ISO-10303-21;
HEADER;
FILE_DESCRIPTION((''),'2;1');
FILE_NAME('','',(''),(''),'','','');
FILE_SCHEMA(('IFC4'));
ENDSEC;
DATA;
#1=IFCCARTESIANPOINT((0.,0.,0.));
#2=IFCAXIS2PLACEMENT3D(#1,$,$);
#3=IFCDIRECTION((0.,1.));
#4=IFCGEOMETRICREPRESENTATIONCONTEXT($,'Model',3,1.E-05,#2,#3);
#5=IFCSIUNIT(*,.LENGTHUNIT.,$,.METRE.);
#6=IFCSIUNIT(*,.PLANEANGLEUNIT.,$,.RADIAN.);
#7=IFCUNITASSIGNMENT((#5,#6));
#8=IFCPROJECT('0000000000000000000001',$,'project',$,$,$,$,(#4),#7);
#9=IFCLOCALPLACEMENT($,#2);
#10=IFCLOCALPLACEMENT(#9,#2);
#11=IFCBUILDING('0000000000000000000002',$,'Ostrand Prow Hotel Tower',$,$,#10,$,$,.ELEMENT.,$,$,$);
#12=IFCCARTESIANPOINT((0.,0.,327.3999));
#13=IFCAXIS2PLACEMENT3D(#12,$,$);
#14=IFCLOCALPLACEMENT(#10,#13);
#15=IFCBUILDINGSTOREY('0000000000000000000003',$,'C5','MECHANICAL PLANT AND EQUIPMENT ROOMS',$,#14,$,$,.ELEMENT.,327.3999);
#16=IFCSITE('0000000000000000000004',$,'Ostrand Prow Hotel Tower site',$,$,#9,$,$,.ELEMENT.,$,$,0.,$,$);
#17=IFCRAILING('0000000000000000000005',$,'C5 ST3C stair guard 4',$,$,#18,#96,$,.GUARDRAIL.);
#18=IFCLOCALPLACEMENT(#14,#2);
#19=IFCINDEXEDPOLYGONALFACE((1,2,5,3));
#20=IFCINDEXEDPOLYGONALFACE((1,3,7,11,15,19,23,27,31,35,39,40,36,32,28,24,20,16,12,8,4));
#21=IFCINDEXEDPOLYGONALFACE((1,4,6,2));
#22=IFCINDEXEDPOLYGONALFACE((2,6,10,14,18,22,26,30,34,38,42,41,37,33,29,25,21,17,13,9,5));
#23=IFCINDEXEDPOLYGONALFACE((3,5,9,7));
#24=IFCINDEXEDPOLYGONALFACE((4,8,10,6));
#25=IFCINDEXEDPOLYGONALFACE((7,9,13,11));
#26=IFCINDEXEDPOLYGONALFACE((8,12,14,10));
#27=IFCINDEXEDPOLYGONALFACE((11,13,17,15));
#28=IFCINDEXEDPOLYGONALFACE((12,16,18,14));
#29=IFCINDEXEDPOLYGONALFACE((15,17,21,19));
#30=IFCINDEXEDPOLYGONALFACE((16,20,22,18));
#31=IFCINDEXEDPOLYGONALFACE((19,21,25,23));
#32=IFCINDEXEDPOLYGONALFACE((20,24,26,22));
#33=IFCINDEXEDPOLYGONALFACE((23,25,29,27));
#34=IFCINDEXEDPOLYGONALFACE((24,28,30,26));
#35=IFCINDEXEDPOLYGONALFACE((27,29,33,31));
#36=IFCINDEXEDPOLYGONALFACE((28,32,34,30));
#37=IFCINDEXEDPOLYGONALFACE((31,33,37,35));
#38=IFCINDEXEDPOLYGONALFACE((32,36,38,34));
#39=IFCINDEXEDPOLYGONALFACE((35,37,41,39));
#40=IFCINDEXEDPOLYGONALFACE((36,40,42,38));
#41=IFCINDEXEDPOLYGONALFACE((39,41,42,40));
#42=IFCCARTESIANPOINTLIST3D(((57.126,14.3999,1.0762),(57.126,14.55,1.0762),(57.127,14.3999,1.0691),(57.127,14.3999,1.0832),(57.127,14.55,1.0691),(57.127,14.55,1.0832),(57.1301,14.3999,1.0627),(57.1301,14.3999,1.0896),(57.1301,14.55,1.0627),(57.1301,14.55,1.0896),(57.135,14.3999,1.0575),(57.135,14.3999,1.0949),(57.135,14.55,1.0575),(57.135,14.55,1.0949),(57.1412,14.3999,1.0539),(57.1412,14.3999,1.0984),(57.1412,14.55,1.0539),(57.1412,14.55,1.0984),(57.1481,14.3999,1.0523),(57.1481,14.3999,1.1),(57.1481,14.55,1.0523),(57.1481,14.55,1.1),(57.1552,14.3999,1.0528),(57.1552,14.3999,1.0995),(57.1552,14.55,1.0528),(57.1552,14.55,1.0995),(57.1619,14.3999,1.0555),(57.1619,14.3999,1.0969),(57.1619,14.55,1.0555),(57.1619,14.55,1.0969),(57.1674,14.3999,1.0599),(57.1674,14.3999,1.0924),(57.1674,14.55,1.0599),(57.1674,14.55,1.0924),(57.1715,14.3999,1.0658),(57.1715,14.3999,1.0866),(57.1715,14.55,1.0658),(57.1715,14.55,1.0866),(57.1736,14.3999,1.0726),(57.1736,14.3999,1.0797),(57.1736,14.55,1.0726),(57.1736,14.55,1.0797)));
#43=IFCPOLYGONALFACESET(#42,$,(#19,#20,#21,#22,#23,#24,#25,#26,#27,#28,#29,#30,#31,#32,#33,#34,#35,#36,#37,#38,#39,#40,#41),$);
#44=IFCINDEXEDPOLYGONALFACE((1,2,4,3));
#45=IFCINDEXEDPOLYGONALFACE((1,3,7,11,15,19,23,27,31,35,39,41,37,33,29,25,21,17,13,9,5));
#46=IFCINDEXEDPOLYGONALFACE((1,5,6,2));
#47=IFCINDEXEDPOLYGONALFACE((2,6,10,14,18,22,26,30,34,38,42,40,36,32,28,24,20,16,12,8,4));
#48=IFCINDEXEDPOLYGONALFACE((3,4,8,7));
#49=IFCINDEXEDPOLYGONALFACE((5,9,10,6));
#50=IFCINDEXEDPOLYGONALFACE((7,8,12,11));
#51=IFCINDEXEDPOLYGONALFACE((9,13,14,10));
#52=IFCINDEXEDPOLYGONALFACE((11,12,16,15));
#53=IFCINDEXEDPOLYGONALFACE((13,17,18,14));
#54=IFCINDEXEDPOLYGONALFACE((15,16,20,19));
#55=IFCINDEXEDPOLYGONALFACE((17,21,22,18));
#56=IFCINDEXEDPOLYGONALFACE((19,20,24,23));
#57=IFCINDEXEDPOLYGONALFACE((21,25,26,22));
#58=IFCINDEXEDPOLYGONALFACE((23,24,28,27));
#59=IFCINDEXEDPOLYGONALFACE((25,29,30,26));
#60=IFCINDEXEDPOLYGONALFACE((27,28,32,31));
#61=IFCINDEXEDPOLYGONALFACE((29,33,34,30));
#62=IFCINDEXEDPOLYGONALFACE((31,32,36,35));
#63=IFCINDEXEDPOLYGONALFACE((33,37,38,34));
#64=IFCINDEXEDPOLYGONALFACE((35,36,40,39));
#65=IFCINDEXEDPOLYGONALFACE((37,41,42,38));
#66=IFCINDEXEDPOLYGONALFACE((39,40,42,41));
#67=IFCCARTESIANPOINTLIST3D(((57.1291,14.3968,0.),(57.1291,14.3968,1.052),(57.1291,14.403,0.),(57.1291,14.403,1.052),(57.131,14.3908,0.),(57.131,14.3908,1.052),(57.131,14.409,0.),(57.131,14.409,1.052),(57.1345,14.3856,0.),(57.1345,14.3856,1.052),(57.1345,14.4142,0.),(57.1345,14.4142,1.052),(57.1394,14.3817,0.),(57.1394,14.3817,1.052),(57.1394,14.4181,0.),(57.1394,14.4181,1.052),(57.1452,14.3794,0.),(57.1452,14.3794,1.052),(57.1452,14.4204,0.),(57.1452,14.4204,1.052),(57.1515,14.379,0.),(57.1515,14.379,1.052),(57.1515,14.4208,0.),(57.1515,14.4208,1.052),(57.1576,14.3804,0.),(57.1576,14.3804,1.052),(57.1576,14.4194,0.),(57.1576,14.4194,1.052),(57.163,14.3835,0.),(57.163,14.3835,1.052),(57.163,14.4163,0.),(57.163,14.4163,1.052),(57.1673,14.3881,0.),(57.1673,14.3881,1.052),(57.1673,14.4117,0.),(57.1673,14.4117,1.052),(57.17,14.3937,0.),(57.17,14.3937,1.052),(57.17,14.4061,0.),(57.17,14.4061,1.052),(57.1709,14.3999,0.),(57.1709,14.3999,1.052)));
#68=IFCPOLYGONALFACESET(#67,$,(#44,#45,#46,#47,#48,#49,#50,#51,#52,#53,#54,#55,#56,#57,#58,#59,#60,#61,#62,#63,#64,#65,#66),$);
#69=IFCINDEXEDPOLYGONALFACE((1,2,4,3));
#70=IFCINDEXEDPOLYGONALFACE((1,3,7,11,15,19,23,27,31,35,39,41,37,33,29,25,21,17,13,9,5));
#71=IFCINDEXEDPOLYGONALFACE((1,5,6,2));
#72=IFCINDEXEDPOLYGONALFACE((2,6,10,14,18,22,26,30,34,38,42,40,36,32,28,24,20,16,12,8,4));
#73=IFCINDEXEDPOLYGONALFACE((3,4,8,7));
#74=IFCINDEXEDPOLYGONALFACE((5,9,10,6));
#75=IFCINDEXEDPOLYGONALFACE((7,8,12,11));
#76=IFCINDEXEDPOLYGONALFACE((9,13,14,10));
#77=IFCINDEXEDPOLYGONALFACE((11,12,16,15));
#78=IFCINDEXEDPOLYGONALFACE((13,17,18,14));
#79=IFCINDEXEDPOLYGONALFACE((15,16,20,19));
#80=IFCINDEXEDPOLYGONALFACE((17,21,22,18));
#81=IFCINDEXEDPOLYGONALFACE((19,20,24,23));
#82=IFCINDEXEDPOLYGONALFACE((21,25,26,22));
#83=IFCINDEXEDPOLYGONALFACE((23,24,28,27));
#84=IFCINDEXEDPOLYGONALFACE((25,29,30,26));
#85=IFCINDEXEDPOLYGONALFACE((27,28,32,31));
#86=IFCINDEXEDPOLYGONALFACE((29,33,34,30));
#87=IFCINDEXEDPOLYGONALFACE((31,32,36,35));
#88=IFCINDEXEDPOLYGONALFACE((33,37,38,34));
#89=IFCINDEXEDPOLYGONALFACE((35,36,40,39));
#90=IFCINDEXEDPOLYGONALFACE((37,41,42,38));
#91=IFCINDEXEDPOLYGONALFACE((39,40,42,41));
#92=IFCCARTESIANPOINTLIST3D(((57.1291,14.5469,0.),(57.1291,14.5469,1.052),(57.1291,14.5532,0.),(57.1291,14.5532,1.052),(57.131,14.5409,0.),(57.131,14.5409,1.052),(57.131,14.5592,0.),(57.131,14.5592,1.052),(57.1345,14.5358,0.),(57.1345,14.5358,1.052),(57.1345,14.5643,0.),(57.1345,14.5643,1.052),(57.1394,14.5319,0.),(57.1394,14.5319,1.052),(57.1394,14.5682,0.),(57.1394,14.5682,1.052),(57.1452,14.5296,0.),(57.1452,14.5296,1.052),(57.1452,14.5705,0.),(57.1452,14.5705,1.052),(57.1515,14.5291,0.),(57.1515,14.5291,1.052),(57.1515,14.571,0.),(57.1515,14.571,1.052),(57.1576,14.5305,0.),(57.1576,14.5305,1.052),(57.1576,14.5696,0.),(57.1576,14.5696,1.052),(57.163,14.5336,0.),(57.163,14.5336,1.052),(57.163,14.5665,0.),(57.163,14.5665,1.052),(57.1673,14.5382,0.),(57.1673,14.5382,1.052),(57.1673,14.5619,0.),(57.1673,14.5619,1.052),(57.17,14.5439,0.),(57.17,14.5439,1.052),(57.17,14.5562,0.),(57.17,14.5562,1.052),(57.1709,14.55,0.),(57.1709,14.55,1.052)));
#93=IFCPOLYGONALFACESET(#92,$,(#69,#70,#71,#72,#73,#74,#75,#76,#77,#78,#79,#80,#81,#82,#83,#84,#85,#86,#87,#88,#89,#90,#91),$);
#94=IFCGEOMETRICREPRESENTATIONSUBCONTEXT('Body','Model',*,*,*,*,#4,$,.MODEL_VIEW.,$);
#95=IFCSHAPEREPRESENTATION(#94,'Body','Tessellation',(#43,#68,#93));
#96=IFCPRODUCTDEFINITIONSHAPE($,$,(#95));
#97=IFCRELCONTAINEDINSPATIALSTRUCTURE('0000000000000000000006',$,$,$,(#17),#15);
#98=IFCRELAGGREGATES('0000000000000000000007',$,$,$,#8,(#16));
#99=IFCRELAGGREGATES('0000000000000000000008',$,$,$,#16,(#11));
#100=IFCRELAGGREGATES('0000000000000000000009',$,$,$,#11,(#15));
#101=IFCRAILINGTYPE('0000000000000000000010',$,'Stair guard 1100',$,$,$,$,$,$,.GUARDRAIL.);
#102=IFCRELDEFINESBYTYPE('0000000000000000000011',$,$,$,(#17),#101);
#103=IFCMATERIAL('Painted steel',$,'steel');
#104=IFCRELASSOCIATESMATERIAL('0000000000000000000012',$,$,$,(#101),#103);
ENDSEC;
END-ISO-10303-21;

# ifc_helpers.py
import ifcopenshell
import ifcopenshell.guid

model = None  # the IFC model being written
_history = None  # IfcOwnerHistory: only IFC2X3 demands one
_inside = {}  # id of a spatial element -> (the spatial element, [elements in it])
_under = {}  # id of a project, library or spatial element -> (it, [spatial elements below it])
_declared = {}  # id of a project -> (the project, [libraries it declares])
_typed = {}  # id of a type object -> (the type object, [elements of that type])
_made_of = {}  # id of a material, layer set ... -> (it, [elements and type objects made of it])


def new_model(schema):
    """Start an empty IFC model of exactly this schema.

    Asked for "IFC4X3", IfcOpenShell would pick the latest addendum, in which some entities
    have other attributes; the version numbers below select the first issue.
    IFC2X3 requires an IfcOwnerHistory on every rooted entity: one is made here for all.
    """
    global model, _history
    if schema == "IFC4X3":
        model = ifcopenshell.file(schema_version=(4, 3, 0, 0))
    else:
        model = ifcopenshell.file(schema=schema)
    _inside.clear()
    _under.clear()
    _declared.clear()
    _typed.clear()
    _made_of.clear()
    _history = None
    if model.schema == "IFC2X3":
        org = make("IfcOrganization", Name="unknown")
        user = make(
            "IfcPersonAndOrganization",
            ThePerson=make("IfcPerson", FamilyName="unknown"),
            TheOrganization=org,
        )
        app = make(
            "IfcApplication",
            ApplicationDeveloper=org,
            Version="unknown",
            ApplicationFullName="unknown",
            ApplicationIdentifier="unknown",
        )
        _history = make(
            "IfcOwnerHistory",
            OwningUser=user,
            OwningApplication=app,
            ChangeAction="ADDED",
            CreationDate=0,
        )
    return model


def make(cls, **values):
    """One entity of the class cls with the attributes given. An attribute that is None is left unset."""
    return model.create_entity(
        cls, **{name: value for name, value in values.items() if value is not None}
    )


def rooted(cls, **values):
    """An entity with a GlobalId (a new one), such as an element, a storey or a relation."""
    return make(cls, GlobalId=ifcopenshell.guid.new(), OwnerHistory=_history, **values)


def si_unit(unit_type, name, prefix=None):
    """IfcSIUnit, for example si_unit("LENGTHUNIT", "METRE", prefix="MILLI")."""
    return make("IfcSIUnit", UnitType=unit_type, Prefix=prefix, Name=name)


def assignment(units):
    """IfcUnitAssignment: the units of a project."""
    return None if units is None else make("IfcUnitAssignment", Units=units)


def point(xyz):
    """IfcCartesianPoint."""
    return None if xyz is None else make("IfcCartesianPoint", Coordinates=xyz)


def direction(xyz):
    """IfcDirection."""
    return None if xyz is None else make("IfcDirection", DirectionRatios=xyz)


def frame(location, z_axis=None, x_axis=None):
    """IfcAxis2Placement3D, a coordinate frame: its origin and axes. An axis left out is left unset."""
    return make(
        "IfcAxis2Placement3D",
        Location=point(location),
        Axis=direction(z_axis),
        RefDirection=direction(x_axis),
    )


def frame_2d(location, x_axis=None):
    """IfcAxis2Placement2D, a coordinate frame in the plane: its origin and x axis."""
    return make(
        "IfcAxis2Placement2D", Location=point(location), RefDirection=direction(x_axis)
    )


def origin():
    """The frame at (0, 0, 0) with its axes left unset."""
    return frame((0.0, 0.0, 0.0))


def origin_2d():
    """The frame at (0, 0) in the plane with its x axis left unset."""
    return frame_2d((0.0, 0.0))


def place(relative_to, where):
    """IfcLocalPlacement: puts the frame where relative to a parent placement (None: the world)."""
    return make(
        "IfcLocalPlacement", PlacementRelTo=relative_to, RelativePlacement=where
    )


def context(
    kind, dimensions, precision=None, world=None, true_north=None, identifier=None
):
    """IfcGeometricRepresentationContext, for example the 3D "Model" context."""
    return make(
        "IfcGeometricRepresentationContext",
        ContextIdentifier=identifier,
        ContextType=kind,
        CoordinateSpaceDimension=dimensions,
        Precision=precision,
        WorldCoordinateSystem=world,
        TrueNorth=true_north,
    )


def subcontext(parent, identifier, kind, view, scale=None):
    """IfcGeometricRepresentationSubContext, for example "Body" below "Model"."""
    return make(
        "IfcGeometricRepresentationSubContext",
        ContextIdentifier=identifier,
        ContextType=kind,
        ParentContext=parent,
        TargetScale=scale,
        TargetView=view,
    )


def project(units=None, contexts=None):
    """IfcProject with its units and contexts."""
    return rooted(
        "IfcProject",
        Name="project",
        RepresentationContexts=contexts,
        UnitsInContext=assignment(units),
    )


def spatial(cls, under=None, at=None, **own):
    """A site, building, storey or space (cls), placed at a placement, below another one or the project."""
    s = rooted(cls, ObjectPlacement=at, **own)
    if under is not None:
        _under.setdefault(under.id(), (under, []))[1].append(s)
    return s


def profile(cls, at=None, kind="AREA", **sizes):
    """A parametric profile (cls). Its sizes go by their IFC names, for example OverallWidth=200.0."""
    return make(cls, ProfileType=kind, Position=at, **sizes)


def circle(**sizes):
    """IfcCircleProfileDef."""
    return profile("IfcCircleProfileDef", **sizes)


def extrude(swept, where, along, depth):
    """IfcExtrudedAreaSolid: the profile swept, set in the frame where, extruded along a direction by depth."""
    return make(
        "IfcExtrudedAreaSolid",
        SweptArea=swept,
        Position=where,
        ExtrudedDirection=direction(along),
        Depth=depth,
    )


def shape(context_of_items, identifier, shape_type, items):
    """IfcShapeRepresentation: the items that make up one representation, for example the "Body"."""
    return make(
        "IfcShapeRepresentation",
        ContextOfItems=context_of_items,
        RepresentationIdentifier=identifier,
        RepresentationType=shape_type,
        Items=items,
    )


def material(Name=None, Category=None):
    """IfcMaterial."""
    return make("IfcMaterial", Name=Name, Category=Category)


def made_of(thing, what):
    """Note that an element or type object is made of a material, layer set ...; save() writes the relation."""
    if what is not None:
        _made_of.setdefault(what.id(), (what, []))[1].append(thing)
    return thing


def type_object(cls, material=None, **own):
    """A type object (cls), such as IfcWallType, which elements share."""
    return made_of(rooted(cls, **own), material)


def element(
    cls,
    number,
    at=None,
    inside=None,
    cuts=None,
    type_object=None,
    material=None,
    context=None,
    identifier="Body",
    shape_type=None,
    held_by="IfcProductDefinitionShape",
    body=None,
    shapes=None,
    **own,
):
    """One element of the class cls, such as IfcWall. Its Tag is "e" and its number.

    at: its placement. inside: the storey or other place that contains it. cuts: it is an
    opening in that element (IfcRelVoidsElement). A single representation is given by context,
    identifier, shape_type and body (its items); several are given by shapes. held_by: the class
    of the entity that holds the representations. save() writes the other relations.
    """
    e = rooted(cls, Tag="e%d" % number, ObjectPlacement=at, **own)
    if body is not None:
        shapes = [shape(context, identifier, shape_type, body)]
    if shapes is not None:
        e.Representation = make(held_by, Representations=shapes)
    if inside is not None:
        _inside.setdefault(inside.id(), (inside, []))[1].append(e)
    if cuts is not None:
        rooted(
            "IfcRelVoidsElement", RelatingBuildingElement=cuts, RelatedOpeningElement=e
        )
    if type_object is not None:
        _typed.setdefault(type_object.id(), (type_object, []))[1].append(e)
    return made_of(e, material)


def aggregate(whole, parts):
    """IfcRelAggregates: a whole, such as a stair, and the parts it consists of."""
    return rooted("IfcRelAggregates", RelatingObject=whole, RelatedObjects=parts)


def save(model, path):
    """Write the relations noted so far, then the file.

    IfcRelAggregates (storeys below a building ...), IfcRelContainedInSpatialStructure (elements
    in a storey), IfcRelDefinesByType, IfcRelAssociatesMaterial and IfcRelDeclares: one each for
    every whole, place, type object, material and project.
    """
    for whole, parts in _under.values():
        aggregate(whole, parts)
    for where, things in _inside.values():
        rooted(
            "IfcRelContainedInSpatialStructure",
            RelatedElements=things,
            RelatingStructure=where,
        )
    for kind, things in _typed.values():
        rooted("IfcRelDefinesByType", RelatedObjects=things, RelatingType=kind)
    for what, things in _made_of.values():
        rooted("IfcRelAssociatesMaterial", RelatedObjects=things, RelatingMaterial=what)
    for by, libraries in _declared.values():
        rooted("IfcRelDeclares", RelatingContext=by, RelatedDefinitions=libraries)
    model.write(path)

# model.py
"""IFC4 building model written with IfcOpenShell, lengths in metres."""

from ifc_helpers import new_model, si_unit, direction, frame, origin, origin_2d, place, context, subcontext, project, spatial, circle, extrude, material, type_object, element, save


model = new_model("IFC4")

# Units and contexts
model_context = context("Model", 3, precision=1e-05, world=origin(), true_north=direction((0.0, 1.0)))
body_context = subcontext(model_context, "Body", "Model", "MODEL_VIEW")
ifc_project = project(units=[si_unit("LENGTHUNIT", "METRE"), si_unit("PLANEANGLEUNIT", "RADIAN")], contexts=[model_context])

# Site, building, storey
site_placement = place(None, origin())
site = spatial("IfcSite", under=ifc_project, at=site_placement, Name="Ostrand Prow Hotel Tower site", CompositionType="ELEMENT", RefElevation=0.0)
building_placement = place(site_placement, origin())
building = spatial("IfcBuilding", under=site, at=building_placement, Name="Ostrand Prow Hotel Tower", CompositionType="ELEMENT")
storey_placement = place(building_placement, frame((0.0, 0.0, 327.3999)))
storey = spatial("IfcBuildingStorey", under=building, at=storey_placement, Name="C5", Description="MECHANICAL PLANT AND EQUIPMENT ROOMS", CompositionType="ELEMENT", Elevation=327.3999)

# Railing
ifc_material_1 = material(Name="Painted steel", Category="steel")
railing_type_1 = type_object("IfcRailingType", Name="Stair guard 1100", PredefinedType="GUARDRAIL", material=ifc_material_1)
railing_1_placement = place(storey_placement, frame((57.1499, 14.3999, 0.0)))
element("IfcRailing", 1, at=railing_1_placement, inside=storey, type_object=railing_type_1, Name="C5 ST3C stair guard 4", PredefinedType="GUARDRAIL", context=body_context, shape_type="SweptSolid", body=[
    extrude(circle(Radius=0.0239, at=origin_2d()), frame((0.0, 0.0, 1.0762), z_axis=(0.0, 1.0, 0.0), x_axis=(-1.0, 0.0, 0.0)), (0.0, 0.0, 1.0), 0.1501),
    extrude(circle(Radius=0.021, at=origin_2d()), origin(), (0.0, 0.0, 1.0), 1.052),
    extrude(circle(Radius=0.021, at=origin_2d()), frame((0.0, 0.1501, 0.0)), (0.0, 0.0, 1.0), 1.052),
])

save(model, "model.ifc")
